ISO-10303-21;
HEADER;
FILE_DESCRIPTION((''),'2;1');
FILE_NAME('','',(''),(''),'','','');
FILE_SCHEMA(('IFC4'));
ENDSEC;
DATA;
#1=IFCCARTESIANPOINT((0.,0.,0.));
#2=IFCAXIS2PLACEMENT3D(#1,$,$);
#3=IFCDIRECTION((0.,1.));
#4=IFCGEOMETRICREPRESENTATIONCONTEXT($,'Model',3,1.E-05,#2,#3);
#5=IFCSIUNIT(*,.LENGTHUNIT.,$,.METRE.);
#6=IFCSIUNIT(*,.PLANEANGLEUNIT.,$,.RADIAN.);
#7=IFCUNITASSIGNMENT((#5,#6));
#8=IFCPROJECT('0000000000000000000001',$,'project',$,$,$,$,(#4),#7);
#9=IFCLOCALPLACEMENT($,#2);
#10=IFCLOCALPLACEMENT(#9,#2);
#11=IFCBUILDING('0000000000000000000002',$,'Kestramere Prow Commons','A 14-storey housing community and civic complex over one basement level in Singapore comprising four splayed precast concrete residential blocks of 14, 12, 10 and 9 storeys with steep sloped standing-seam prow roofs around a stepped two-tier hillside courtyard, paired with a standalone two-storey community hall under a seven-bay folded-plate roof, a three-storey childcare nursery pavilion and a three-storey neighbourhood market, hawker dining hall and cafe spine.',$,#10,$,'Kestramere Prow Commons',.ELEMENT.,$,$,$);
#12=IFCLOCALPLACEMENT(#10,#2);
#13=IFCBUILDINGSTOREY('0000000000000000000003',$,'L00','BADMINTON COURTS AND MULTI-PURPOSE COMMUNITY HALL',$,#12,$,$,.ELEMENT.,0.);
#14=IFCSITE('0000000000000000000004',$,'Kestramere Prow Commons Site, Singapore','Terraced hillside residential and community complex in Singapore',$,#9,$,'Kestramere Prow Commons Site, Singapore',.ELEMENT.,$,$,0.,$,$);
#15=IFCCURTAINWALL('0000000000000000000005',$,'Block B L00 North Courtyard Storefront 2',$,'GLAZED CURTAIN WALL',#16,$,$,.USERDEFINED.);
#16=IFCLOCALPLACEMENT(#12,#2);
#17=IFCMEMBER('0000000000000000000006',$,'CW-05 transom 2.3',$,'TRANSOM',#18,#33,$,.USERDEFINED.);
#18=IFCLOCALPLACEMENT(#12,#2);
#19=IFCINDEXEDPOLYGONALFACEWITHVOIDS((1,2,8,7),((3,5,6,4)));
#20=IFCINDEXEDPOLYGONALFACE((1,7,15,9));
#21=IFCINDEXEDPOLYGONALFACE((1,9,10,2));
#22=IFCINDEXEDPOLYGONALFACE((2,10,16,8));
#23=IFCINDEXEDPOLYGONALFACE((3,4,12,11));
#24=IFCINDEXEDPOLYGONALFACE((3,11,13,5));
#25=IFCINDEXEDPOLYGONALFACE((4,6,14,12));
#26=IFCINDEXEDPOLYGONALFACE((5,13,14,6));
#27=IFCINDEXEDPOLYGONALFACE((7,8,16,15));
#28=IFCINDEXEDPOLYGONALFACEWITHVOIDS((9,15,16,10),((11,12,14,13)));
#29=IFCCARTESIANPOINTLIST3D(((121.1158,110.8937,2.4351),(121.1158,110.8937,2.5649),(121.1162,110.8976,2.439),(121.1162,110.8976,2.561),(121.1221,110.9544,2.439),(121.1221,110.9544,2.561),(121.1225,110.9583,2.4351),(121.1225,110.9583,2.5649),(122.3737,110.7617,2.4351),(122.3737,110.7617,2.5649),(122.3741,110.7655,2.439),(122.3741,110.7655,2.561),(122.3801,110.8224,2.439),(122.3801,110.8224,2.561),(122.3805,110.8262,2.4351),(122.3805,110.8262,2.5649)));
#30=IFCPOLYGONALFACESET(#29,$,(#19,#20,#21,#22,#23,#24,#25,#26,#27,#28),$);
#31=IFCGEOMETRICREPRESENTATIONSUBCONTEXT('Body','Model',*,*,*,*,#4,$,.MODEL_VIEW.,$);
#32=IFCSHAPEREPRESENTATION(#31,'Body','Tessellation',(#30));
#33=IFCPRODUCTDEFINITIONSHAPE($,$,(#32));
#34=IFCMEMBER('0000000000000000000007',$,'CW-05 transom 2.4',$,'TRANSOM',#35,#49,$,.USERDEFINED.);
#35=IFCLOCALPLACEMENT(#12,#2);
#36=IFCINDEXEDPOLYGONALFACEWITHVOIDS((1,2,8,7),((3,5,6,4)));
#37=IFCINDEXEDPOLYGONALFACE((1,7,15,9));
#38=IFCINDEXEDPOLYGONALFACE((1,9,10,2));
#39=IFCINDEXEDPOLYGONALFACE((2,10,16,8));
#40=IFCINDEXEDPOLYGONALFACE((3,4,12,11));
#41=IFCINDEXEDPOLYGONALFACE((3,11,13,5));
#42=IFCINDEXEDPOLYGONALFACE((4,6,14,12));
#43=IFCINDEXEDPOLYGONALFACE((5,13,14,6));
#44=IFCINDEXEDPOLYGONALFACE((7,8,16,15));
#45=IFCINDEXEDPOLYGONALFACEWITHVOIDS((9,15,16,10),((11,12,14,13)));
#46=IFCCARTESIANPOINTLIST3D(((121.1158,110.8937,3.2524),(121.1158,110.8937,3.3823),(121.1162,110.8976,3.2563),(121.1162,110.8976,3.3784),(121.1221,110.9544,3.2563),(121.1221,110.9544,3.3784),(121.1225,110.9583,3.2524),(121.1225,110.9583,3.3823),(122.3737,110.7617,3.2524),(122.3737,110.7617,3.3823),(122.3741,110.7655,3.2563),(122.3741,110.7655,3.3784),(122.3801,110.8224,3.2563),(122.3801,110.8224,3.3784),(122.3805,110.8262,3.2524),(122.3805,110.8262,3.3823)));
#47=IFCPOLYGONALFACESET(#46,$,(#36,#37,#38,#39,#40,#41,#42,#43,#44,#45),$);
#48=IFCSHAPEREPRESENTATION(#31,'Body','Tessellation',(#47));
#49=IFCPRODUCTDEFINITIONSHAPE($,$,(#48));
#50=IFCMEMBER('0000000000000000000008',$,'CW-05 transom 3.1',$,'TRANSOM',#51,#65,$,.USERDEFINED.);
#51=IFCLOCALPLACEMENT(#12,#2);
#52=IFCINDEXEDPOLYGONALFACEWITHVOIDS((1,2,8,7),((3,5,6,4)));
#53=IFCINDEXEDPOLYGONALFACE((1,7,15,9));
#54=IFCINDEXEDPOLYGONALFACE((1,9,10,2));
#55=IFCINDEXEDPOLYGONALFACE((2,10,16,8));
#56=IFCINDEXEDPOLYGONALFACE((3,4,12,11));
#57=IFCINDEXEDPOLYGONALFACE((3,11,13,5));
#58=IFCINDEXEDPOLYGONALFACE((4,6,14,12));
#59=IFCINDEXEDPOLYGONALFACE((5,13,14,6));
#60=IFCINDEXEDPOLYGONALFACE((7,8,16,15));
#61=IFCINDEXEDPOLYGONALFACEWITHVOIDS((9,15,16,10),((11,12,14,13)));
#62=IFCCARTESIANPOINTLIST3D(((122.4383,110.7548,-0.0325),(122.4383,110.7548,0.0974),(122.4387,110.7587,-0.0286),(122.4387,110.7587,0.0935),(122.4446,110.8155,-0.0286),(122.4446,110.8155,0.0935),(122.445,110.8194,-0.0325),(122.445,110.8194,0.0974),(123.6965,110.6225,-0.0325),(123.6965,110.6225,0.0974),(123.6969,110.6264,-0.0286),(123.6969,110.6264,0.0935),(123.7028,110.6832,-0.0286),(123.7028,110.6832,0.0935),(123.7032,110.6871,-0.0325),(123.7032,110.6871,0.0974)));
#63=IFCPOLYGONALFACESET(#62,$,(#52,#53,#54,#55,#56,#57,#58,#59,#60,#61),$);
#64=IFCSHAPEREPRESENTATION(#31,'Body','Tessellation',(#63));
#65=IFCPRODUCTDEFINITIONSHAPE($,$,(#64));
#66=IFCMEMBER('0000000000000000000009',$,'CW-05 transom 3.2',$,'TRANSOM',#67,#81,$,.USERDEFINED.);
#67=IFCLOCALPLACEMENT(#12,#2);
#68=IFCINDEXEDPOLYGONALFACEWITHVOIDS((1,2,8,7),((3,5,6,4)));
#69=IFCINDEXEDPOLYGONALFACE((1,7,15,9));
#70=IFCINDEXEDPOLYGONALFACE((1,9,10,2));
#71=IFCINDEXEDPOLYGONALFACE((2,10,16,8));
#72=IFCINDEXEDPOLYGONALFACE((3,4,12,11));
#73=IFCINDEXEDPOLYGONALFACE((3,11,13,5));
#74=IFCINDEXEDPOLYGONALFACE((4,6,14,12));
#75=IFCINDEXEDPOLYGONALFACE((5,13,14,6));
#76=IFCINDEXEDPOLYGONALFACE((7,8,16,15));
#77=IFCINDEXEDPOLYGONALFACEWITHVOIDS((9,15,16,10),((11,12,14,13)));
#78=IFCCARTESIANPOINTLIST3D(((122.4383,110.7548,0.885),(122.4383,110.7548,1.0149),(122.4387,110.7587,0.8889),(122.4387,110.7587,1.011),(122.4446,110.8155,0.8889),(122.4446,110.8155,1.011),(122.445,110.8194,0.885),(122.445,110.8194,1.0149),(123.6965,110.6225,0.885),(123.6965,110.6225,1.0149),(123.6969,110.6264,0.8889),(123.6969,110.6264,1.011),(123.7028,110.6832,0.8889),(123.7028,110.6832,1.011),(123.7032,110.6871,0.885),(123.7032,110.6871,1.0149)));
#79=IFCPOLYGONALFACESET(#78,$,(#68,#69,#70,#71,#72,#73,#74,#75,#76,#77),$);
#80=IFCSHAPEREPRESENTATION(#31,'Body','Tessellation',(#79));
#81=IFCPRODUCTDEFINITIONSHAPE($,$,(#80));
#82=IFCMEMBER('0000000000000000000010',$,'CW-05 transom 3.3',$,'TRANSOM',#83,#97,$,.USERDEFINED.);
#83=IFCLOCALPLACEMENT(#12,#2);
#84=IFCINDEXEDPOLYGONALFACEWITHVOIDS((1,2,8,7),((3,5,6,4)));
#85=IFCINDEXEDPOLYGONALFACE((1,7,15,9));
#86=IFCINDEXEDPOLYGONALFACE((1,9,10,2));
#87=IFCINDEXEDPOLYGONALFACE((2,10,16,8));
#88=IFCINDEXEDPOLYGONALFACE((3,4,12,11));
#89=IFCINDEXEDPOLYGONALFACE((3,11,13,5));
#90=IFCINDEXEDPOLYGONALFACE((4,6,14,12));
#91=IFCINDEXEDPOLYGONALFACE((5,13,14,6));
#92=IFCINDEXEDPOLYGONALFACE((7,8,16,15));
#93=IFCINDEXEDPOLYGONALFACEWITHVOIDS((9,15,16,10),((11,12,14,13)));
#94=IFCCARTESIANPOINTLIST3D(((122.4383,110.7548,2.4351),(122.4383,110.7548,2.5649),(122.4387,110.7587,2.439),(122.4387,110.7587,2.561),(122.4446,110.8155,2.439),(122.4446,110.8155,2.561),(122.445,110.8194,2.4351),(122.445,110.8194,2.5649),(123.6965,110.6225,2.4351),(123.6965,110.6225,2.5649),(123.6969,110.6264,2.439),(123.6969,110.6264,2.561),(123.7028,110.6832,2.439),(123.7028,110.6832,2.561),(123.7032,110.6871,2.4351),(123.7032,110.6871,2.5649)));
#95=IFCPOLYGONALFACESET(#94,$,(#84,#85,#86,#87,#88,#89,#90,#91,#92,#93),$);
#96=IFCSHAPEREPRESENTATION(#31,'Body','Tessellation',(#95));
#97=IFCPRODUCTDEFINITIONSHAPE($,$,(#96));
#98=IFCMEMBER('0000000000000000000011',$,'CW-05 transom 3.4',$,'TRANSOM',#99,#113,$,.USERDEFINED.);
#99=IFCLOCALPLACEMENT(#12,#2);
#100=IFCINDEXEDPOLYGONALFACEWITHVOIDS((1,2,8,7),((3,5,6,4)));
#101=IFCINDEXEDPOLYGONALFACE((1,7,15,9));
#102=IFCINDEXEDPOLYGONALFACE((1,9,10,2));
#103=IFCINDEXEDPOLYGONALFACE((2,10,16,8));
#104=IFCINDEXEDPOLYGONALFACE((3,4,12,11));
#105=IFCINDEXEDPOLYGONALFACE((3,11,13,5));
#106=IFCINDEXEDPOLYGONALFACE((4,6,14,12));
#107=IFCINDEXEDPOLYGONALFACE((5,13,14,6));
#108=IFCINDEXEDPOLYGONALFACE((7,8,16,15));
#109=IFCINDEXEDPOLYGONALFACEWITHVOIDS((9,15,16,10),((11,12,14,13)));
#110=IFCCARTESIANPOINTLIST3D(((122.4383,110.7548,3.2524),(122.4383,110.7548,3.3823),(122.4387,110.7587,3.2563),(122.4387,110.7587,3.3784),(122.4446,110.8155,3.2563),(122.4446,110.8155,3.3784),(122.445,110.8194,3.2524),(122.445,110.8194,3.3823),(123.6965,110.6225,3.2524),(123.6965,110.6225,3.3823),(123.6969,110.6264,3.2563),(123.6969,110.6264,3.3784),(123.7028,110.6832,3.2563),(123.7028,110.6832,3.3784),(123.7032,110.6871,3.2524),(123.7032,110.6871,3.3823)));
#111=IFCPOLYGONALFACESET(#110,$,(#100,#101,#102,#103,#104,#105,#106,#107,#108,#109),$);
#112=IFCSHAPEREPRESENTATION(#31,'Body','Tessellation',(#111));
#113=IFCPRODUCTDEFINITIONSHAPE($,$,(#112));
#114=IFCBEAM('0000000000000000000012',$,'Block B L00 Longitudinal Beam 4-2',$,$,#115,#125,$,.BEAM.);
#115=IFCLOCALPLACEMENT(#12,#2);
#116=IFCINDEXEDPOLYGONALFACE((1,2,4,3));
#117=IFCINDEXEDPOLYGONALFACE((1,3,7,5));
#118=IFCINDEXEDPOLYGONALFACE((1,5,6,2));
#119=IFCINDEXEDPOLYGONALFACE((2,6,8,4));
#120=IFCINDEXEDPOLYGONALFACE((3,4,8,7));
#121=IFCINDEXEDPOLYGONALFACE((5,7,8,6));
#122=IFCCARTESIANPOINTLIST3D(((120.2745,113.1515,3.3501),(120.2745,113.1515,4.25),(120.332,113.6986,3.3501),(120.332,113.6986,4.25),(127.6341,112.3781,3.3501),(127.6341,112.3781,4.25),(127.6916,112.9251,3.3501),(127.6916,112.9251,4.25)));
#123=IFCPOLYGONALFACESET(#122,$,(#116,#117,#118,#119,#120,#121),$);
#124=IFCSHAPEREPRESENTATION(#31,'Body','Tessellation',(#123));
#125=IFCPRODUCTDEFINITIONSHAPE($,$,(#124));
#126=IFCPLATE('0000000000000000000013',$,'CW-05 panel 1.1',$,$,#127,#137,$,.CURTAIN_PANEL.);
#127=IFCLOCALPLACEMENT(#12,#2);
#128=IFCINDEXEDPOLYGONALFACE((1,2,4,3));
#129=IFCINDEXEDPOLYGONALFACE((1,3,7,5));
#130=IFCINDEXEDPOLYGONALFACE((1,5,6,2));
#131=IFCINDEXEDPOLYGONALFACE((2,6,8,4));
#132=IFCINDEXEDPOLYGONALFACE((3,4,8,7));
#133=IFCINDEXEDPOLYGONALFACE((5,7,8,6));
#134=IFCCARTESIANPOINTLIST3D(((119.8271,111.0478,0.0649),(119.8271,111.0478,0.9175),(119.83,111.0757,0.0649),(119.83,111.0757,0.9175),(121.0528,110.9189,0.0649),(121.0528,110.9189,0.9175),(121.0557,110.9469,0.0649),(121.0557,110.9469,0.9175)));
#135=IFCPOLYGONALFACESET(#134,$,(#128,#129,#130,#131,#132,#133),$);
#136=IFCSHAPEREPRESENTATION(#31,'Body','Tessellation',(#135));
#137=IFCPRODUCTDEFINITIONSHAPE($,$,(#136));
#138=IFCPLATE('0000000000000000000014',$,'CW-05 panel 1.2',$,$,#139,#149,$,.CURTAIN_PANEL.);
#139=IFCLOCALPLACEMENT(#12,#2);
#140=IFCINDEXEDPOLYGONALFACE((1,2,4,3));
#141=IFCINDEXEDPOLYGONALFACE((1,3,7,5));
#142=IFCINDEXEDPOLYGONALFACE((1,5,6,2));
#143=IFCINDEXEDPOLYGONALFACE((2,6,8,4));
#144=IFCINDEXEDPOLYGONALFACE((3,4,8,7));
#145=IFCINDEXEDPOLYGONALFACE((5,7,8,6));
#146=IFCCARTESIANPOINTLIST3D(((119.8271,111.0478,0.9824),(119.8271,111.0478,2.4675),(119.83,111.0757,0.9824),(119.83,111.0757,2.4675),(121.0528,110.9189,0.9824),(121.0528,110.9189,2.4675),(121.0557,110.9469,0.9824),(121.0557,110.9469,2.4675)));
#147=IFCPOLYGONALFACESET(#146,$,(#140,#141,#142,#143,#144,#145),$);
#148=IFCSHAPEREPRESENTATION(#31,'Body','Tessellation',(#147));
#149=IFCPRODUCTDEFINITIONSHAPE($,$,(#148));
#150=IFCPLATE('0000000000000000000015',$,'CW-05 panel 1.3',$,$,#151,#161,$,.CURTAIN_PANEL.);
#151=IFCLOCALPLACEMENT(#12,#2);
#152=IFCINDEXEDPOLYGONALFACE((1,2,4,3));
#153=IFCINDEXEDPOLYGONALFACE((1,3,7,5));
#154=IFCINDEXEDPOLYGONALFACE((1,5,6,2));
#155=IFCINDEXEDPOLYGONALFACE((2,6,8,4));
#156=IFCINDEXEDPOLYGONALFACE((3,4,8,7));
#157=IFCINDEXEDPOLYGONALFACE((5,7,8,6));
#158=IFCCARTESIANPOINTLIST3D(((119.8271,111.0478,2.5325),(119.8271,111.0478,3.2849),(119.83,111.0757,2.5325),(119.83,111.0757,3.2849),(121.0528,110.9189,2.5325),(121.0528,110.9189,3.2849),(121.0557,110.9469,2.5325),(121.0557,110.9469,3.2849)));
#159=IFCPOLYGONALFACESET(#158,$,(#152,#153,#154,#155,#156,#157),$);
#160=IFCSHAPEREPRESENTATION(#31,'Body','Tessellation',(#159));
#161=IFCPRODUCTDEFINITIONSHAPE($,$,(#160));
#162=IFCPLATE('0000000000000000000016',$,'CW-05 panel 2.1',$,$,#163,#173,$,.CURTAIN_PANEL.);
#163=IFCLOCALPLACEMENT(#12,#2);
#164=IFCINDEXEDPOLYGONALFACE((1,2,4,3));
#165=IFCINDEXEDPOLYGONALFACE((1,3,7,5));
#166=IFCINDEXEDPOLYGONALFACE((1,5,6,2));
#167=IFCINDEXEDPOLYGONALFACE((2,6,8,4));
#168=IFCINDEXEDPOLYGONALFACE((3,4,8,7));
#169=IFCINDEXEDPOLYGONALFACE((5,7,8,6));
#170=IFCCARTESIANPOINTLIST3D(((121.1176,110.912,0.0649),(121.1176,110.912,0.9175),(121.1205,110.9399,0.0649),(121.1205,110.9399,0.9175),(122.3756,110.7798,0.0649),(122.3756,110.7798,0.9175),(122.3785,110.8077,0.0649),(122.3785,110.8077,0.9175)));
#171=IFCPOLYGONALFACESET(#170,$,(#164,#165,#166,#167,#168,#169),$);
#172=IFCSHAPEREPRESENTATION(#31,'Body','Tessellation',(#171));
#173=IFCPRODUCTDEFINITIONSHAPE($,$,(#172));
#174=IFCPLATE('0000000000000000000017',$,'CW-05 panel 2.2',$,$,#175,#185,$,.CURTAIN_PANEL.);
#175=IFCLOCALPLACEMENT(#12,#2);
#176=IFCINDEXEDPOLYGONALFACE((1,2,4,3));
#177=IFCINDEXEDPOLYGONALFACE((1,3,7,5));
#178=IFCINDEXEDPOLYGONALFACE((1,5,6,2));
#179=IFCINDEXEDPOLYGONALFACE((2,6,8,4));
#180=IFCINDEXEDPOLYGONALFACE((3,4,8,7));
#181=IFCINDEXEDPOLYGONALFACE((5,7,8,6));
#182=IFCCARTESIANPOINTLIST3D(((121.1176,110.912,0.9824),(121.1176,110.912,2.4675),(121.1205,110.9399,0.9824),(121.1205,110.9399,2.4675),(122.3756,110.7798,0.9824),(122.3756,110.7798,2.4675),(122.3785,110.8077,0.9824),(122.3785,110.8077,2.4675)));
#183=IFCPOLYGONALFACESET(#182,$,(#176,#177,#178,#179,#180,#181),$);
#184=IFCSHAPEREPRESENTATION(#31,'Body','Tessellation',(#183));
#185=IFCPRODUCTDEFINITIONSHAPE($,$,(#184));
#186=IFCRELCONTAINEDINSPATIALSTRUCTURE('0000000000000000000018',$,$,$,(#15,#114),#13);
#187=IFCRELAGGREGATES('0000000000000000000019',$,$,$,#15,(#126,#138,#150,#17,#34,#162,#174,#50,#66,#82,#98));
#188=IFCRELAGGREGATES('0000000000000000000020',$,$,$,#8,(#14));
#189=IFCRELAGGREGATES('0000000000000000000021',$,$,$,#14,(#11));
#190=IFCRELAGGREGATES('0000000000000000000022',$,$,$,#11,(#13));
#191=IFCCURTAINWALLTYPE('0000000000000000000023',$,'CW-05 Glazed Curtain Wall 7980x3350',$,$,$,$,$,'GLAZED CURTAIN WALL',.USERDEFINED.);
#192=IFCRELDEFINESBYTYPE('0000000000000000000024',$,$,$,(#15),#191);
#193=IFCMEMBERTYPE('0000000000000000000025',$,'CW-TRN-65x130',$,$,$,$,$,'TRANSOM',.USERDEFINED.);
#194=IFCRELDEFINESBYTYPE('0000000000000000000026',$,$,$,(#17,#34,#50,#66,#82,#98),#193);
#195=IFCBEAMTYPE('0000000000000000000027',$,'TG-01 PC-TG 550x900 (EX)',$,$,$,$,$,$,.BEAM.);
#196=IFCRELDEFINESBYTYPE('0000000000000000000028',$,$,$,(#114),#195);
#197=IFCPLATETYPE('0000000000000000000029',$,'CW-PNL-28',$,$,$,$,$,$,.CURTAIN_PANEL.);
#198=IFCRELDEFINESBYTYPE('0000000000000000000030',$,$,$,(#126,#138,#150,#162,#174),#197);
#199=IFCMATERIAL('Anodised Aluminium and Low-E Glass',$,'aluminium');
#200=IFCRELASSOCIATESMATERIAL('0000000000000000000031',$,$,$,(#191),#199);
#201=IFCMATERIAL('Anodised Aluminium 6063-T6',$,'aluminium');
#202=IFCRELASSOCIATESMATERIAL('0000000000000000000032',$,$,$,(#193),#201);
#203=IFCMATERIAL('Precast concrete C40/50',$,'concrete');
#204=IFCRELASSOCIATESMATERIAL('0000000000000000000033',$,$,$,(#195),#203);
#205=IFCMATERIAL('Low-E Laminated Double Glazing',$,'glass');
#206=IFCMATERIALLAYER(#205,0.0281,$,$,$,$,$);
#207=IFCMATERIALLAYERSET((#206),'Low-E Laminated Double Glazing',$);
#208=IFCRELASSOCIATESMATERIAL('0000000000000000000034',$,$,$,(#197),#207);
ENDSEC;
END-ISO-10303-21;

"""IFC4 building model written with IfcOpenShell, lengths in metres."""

from ifc_helpers import new_model, si_unit, direction, frame, origin, origin_2d, place, context, subcontext, project, spatial, rectangle, hollow_rectangle, extrude, material, layer, layer_set, material_profile, profile_set, type_object, element, aggregate, save


model = new_model("IFC4")

# Units and contexts
model_context = context("Model", 3, precision=1e-05, world=origin(), true_north=direction((0.0, 1.0)))
body_context = subcontext(model_context, "Body", "Model", "MODEL_VIEW")
ifc_project = project(units=[si_unit("LENGTHUNIT", "METRE"), si_unit("PLANEANGLEUNIT", "RADIAN")], contexts=[model_context])

# Site, building, storey
site_placement = place(None, origin())
site = spatial("IfcSite", under=ifc_project, at=site_placement, Name="Kestramere Prow Commons Site, Singapore", Description="Terraced hillside residential and community complex in Singapore", LongName="Kestramere Prow Commons Site, Singapore", CompositionType="ELEMENT", RefElevation=0.0)
building_placement = place(site_placement, origin())
building = spatial("IfcBuilding", under=site, at=building_placement, Name="Kestramere Prow Commons", Description="A 14-storey housing community and civic complex over one basement level in Singapore comprising four splayed precast concrete residential blocks of 14, 12, 10 and 9 storeys with steep sloped standing-seam prow roofs around a stepped two-tier hillside courtyard, paired with a standalone two-storey community hall under a seven-bay folded-plate roof, a three-storey childcare nursery pavilion and a three-storey neighbourhood market, hawker dining hall and cafe spine.", LongName="Kestramere Prow Commons", CompositionType="ELEMENT")
storey_placement = place(building_placement, origin())
storey = spatial("IfcBuildingStorey", under=building, at=storey_placement, Name="L00", Description="BADMINTON COURTS AND MULTI-PURPOSE COMMUNITY HALL", CompositionType="ELEMENT", Elevation=0.0)

# Shared definitions
ifc_material_1 = material(Name="Precast concrete C40/50", Category="concrete")

# Curtain wall, members
ifc_material_2 = material(Name="Anodised Aluminium and Low-E Glass", Category="aluminium")
curtain_wall_type = type_object("IfcCurtainWallType", Name="CW-05 Glazed Curtain Wall 7980x3350", ElementType="GLAZED CURTAIN WALL", PredefinedType="USERDEFINED", material=ifc_material_2)
curtain_wall_placement = place(storey_placement, origin())
curtain_wall = element("IfcCurtainWall", 1, at=curtain_wall_placement, inside=storey, type_object=curtain_wall_type, Name="Block B L00 North Courtyard Storefront 2", ObjectType="GLAZED CURTAIN WALL", PredefinedType="USERDEFINED")
ifc_material_3 = material(Name="Anodised Aluminium 6063-T6", Category="aluminium")
ifc_material_profile_1 = material_profile(ifc_material_3, hollow_rectangle(XDim=0.0649, YDim=0.1299, WallThickness=0.0039, at=origin_2d()), Name="ALU-TRN 65x130")
ifc_profile_set_1 = profile_set([ifc_material_profile_1], Name="Anodised Aluminium 6063-T6")
member_type_1 = type_object("IfcMemberType", Name="CW-TRN-65x130", ElementType="TRANSOM", PredefinedType="USERDEFINED", material=ifc_profile_set_1)
member_1_placement = place(storey_placement, frame((121.1191, 110.926, 2.5), z_axis=(0.994534, -0.104414, 0.0), x_axis=(0.104414, 0.994534, 0.0)))
member_1 = element("IfcMember", 2, at=member_1_placement, type_object=member_type_1, Name="CW-05 transom 2.3", ObjectType="TRANSOM", PredefinedType="USERDEFINED", context=body_context, shape_type="SweptSolid", body=[
    extrude(hollow_rectangle(XDim=0.0649, YDim=0.1299, WallThickness=0.0039, at=origin_2d()), origin(), (0.0, 0.0, 1.0), 1.2649),
])
member_2_placement = place(storey_placement, frame((121.1191, 110.926, 3.3174), z_axis=(0.994534, -0.104414, 0.0), x_axis=(0.104414, 0.994534, 0.0)))
member_2 = element("IfcMember", 3, at=member_2_placement, type_object=member_type_1, Name="CW-05 transom 2.4", ObjectType="TRANSOM", PredefinedType="USERDEFINED", context=body_context, shape_type="SweptSolid", body=[
    extrude(hollow_rectangle(XDim=0.0649, YDim=0.1299, WallThickness=0.0039, at=origin_2d()), origin(), (0.0, 0.0, 1.0), 1.2649),
])
member_3_placement = place(storey_placement, frame((122.4417, 110.7871, 0.0325), z_axis=(0.994516, -0.104584, 0.0), x_axis=(0.104584, 0.994516, 0.0)))
member_3 = element("IfcMember", 4, at=member_3_placement, type_object=member_type_1, Name="CW-05 transom 3.1", ObjectType="TRANSOM", PredefinedType="USERDEFINED", context=body_context, shape_type="SweptSolid", body=[
    extrude(hollow_rectangle(XDim=0.0649, YDim=0.1299, WallThickness=0.0039, at=origin_2d()), origin(), (0.0, 0.0, 1.0), 1.2651),
])
member_4_placement = place(storey_placement, frame((122.4417, 110.7871, 0.95), z_axis=(0.994516, -0.104584, 0.0), x_axis=(0.104584, 0.994516, 0.0)))
member_4 = element("IfcMember", 5, at=member_4_placement, type_object=member_type_1, Name="CW-05 transom 3.2", ObjectType="TRANSOM", PredefinedType="USERDEFINED", context=body_context, shape_type="SweptSolid", body=[
    extrude(hollow_rectangle(XDim=0.0649, YDim=0.1299, WallThickness=0.0039, at=origin_2d()), origin(), (0.0, 0.0, 1.0), 1.2651),
])
member_5_placement = place(storey_placement, frame((122.4417, 110.7871, 2.5), z_axis=(0.994516, -0.104584, 0.0), x_axis=(0.104584, 0.994516, 0.0)))
member_5 = element("IfcMember", 6, at=member_5_placement, type_object=member_type_1, Name="CW-05 transom 3.3", ObjectType="TRANSOM", PredefinedType="USERDEFINED", context=body_context, shape_type="SweptSolid", body=[
    extrude(hollow_rectangle(XDim=0.0649, YDim=0.1299, WallThickness=0.0039, at=origin_2d()), origin(), (0.0, 0.0, 1.0), 1.2651),
])
member_6_placement = place(storey_placement, frame((122.4417, 110.7871, 3.3174), z_axis=(0.994516, -0.104584, 0.0), x_axis=(0.104584, 0.994516, 0.0)))
member_6 = element("IfcMember", 7, at=member_6_placement, type_object=member_type_1, Name="CW-05 transom 3.4", ObjectType="TRANSOM", PredefinedType="USERDEFINED", context=body_context, shape_type="SweptSolid", body=[
    extrude(hollow_rectangle(XDim=0.0649, YDim=0.1299, WallThickness=0.0039, at=origin_2d()), origin(), (0.0, 0.0, 1.0), 1.2651),
])

# Beam
ifc_material_profile_2 = material_profile(ifc_material_1, rectangle(XDim=0.55, YDim=0.8999, at=origin_2d()), Name="PC-TG 550x900")
ifc_profile_set_2 = profile_set([ifc_material_profile_2], Name="Precast concrete C40/50")
beam_type = type_object("IfcBeamType", Name="TG-01 PC-TG 550x900 (EX)", PredefinedType="BEAM", material=ifc_profile_set_2)
beam_placement = place(storey_placement, frame((120.3032, 113.425, 3.8), z_axis=(0.994523, -0.104516, 0.0), x_axis=(0.104516, 0.994523, 0.0)))
element("IfcBeam", 8, at=beam_placement, inside=storey, type_object=beam_type, Name="Block B L00 Longitudinal Beam 4-2", PredefinedType="BEAM", context=body_context, shape_type="SweptSolid", body=[
    extrude(rectangle(XDim=0.55, YDim=0.8999, at=origin_2d()), origin(), (0.0, 0.0, 1.0), 7.4001),
])

# Plates
ifc_material_4 = material(Name="Low-E Laminated Double Glazing", Category="glass")
ifc_layer_1 = layer(ifc_material_4, 0.0281)
ifc_layer_set_1 = layer_set([ifc_layer_1], Name="Low-E Laminated Double Glazing")
plate_type = type_object("IfcPlateType", Name="CW-PNL-28", PredefinedType="CURTAIN_PANEL", material=ifc_layer_set_1)
plate_1_placement = place(storey_placement, frame((120.4414, 110.9973, 0.0649), z_axis=(0.0, 0.0, 1.0), x_axis=(0.994522, -0.104529, 0.0)))
plate_1 = element("IfcPlate", 9, at=plate_1_placement, type_object=plate_type, Name="CW-05 panel 1.1", PredefinedType="CURTAIN_PANEL", context=body_context, shape_type="SweptSolid", body=[
    extrude(rectangle(XDim=1.2324, YDim=0.0281, at=origin_2d()), origin(), (0.0, 0.0, 1.0), 0.8525),
])
plate_2_placement = place(storey_placement, frame((120.4414, 110.9973, 0.9824), z_axis=(0.0, 0.0, 1.0), x_axis=(0.994522, -0.104529, 0.0)))
plate_2 = element("IfcPlate", 10, at=plate_2_placement, type_object=plate_type, Name="CW-05 panel 1.2", PredefinedType="CURTAIN_PANEL", context=body_context, shape_type="SweptSolid", body=[
    extrude(rectangle(XDim=1.2324, YDim=0.0281, at=origin_2d()), origin(), (0.0, 0.0, 1.0), 1.4851),
])
plate_3_placement = place(storey_placement, frame((120.4414, 110.9973, 2.5325), z_axis=(0.0, 0.0, 1.0), x_axis=(0.994522, -0.104529, 0.0)))
plate_3 = element("IfcPlate", 11, at=plate_3_placement, type_object=plate_type, Name="CW-05 panel 1.3", PredefinedType="CURTAIN_PANEL", context=body_context, shape_type="SweptSolid", body=[
    extrude(rectangle(XDim=1.2324, YDim=0.0281, at=origin_2d()), origin(), (0.0, 0.0, 1.0), 0.7524),
])
plate_4_placement = place(storey_placement, frame((121.748, 110.8599, 0.0649), z_axis=(0.0, 0.0, 1.0), x_axis=(0.994522, -0.104529, 0.0)))
plate_4 = element("IfcPlate", 12, at=plate_4_placement, type_object=plate_type, Name="CW-05 panel 2.1", PredefinedType="CURTAIN_PANEL", context=body_context, shape_type="SweptSolid", body=[
    extrude(rectangle(XDim=1.2649, YDim=0.0281, at=origin_2d()), origin(), (0.0, 0.0, 1.0), 0.8525),
])
plate_5_placement = place(storey_placement, frame((121.748, 110.8599, 0.9824), z_axis=(0.0, 0.0, 1.0), x_axis=(0.994522, -0.104529, 0.0)))
plate_5 = element("IfcPlate", 13, at=plate_5_placement, type_object=plate_type, Name="CW-05 panel 2.2", PredefinedType="CURTAIN_PANEL", context=body_context, shape_type="SweptSolid", body=[
    extrude(rectangle(XDim=1.2649, YDim=0.0281, at=origin_2d()), origin(), (0.0, 0.0, 1.0), 1.4851),
])
aggregate(curtain_wall, [plate_1, plate_2, plate_3, member_1, member_2, plate_4, plate_5, member_3, member_4, member_5, member_6])

save(model, "model.ifc")
